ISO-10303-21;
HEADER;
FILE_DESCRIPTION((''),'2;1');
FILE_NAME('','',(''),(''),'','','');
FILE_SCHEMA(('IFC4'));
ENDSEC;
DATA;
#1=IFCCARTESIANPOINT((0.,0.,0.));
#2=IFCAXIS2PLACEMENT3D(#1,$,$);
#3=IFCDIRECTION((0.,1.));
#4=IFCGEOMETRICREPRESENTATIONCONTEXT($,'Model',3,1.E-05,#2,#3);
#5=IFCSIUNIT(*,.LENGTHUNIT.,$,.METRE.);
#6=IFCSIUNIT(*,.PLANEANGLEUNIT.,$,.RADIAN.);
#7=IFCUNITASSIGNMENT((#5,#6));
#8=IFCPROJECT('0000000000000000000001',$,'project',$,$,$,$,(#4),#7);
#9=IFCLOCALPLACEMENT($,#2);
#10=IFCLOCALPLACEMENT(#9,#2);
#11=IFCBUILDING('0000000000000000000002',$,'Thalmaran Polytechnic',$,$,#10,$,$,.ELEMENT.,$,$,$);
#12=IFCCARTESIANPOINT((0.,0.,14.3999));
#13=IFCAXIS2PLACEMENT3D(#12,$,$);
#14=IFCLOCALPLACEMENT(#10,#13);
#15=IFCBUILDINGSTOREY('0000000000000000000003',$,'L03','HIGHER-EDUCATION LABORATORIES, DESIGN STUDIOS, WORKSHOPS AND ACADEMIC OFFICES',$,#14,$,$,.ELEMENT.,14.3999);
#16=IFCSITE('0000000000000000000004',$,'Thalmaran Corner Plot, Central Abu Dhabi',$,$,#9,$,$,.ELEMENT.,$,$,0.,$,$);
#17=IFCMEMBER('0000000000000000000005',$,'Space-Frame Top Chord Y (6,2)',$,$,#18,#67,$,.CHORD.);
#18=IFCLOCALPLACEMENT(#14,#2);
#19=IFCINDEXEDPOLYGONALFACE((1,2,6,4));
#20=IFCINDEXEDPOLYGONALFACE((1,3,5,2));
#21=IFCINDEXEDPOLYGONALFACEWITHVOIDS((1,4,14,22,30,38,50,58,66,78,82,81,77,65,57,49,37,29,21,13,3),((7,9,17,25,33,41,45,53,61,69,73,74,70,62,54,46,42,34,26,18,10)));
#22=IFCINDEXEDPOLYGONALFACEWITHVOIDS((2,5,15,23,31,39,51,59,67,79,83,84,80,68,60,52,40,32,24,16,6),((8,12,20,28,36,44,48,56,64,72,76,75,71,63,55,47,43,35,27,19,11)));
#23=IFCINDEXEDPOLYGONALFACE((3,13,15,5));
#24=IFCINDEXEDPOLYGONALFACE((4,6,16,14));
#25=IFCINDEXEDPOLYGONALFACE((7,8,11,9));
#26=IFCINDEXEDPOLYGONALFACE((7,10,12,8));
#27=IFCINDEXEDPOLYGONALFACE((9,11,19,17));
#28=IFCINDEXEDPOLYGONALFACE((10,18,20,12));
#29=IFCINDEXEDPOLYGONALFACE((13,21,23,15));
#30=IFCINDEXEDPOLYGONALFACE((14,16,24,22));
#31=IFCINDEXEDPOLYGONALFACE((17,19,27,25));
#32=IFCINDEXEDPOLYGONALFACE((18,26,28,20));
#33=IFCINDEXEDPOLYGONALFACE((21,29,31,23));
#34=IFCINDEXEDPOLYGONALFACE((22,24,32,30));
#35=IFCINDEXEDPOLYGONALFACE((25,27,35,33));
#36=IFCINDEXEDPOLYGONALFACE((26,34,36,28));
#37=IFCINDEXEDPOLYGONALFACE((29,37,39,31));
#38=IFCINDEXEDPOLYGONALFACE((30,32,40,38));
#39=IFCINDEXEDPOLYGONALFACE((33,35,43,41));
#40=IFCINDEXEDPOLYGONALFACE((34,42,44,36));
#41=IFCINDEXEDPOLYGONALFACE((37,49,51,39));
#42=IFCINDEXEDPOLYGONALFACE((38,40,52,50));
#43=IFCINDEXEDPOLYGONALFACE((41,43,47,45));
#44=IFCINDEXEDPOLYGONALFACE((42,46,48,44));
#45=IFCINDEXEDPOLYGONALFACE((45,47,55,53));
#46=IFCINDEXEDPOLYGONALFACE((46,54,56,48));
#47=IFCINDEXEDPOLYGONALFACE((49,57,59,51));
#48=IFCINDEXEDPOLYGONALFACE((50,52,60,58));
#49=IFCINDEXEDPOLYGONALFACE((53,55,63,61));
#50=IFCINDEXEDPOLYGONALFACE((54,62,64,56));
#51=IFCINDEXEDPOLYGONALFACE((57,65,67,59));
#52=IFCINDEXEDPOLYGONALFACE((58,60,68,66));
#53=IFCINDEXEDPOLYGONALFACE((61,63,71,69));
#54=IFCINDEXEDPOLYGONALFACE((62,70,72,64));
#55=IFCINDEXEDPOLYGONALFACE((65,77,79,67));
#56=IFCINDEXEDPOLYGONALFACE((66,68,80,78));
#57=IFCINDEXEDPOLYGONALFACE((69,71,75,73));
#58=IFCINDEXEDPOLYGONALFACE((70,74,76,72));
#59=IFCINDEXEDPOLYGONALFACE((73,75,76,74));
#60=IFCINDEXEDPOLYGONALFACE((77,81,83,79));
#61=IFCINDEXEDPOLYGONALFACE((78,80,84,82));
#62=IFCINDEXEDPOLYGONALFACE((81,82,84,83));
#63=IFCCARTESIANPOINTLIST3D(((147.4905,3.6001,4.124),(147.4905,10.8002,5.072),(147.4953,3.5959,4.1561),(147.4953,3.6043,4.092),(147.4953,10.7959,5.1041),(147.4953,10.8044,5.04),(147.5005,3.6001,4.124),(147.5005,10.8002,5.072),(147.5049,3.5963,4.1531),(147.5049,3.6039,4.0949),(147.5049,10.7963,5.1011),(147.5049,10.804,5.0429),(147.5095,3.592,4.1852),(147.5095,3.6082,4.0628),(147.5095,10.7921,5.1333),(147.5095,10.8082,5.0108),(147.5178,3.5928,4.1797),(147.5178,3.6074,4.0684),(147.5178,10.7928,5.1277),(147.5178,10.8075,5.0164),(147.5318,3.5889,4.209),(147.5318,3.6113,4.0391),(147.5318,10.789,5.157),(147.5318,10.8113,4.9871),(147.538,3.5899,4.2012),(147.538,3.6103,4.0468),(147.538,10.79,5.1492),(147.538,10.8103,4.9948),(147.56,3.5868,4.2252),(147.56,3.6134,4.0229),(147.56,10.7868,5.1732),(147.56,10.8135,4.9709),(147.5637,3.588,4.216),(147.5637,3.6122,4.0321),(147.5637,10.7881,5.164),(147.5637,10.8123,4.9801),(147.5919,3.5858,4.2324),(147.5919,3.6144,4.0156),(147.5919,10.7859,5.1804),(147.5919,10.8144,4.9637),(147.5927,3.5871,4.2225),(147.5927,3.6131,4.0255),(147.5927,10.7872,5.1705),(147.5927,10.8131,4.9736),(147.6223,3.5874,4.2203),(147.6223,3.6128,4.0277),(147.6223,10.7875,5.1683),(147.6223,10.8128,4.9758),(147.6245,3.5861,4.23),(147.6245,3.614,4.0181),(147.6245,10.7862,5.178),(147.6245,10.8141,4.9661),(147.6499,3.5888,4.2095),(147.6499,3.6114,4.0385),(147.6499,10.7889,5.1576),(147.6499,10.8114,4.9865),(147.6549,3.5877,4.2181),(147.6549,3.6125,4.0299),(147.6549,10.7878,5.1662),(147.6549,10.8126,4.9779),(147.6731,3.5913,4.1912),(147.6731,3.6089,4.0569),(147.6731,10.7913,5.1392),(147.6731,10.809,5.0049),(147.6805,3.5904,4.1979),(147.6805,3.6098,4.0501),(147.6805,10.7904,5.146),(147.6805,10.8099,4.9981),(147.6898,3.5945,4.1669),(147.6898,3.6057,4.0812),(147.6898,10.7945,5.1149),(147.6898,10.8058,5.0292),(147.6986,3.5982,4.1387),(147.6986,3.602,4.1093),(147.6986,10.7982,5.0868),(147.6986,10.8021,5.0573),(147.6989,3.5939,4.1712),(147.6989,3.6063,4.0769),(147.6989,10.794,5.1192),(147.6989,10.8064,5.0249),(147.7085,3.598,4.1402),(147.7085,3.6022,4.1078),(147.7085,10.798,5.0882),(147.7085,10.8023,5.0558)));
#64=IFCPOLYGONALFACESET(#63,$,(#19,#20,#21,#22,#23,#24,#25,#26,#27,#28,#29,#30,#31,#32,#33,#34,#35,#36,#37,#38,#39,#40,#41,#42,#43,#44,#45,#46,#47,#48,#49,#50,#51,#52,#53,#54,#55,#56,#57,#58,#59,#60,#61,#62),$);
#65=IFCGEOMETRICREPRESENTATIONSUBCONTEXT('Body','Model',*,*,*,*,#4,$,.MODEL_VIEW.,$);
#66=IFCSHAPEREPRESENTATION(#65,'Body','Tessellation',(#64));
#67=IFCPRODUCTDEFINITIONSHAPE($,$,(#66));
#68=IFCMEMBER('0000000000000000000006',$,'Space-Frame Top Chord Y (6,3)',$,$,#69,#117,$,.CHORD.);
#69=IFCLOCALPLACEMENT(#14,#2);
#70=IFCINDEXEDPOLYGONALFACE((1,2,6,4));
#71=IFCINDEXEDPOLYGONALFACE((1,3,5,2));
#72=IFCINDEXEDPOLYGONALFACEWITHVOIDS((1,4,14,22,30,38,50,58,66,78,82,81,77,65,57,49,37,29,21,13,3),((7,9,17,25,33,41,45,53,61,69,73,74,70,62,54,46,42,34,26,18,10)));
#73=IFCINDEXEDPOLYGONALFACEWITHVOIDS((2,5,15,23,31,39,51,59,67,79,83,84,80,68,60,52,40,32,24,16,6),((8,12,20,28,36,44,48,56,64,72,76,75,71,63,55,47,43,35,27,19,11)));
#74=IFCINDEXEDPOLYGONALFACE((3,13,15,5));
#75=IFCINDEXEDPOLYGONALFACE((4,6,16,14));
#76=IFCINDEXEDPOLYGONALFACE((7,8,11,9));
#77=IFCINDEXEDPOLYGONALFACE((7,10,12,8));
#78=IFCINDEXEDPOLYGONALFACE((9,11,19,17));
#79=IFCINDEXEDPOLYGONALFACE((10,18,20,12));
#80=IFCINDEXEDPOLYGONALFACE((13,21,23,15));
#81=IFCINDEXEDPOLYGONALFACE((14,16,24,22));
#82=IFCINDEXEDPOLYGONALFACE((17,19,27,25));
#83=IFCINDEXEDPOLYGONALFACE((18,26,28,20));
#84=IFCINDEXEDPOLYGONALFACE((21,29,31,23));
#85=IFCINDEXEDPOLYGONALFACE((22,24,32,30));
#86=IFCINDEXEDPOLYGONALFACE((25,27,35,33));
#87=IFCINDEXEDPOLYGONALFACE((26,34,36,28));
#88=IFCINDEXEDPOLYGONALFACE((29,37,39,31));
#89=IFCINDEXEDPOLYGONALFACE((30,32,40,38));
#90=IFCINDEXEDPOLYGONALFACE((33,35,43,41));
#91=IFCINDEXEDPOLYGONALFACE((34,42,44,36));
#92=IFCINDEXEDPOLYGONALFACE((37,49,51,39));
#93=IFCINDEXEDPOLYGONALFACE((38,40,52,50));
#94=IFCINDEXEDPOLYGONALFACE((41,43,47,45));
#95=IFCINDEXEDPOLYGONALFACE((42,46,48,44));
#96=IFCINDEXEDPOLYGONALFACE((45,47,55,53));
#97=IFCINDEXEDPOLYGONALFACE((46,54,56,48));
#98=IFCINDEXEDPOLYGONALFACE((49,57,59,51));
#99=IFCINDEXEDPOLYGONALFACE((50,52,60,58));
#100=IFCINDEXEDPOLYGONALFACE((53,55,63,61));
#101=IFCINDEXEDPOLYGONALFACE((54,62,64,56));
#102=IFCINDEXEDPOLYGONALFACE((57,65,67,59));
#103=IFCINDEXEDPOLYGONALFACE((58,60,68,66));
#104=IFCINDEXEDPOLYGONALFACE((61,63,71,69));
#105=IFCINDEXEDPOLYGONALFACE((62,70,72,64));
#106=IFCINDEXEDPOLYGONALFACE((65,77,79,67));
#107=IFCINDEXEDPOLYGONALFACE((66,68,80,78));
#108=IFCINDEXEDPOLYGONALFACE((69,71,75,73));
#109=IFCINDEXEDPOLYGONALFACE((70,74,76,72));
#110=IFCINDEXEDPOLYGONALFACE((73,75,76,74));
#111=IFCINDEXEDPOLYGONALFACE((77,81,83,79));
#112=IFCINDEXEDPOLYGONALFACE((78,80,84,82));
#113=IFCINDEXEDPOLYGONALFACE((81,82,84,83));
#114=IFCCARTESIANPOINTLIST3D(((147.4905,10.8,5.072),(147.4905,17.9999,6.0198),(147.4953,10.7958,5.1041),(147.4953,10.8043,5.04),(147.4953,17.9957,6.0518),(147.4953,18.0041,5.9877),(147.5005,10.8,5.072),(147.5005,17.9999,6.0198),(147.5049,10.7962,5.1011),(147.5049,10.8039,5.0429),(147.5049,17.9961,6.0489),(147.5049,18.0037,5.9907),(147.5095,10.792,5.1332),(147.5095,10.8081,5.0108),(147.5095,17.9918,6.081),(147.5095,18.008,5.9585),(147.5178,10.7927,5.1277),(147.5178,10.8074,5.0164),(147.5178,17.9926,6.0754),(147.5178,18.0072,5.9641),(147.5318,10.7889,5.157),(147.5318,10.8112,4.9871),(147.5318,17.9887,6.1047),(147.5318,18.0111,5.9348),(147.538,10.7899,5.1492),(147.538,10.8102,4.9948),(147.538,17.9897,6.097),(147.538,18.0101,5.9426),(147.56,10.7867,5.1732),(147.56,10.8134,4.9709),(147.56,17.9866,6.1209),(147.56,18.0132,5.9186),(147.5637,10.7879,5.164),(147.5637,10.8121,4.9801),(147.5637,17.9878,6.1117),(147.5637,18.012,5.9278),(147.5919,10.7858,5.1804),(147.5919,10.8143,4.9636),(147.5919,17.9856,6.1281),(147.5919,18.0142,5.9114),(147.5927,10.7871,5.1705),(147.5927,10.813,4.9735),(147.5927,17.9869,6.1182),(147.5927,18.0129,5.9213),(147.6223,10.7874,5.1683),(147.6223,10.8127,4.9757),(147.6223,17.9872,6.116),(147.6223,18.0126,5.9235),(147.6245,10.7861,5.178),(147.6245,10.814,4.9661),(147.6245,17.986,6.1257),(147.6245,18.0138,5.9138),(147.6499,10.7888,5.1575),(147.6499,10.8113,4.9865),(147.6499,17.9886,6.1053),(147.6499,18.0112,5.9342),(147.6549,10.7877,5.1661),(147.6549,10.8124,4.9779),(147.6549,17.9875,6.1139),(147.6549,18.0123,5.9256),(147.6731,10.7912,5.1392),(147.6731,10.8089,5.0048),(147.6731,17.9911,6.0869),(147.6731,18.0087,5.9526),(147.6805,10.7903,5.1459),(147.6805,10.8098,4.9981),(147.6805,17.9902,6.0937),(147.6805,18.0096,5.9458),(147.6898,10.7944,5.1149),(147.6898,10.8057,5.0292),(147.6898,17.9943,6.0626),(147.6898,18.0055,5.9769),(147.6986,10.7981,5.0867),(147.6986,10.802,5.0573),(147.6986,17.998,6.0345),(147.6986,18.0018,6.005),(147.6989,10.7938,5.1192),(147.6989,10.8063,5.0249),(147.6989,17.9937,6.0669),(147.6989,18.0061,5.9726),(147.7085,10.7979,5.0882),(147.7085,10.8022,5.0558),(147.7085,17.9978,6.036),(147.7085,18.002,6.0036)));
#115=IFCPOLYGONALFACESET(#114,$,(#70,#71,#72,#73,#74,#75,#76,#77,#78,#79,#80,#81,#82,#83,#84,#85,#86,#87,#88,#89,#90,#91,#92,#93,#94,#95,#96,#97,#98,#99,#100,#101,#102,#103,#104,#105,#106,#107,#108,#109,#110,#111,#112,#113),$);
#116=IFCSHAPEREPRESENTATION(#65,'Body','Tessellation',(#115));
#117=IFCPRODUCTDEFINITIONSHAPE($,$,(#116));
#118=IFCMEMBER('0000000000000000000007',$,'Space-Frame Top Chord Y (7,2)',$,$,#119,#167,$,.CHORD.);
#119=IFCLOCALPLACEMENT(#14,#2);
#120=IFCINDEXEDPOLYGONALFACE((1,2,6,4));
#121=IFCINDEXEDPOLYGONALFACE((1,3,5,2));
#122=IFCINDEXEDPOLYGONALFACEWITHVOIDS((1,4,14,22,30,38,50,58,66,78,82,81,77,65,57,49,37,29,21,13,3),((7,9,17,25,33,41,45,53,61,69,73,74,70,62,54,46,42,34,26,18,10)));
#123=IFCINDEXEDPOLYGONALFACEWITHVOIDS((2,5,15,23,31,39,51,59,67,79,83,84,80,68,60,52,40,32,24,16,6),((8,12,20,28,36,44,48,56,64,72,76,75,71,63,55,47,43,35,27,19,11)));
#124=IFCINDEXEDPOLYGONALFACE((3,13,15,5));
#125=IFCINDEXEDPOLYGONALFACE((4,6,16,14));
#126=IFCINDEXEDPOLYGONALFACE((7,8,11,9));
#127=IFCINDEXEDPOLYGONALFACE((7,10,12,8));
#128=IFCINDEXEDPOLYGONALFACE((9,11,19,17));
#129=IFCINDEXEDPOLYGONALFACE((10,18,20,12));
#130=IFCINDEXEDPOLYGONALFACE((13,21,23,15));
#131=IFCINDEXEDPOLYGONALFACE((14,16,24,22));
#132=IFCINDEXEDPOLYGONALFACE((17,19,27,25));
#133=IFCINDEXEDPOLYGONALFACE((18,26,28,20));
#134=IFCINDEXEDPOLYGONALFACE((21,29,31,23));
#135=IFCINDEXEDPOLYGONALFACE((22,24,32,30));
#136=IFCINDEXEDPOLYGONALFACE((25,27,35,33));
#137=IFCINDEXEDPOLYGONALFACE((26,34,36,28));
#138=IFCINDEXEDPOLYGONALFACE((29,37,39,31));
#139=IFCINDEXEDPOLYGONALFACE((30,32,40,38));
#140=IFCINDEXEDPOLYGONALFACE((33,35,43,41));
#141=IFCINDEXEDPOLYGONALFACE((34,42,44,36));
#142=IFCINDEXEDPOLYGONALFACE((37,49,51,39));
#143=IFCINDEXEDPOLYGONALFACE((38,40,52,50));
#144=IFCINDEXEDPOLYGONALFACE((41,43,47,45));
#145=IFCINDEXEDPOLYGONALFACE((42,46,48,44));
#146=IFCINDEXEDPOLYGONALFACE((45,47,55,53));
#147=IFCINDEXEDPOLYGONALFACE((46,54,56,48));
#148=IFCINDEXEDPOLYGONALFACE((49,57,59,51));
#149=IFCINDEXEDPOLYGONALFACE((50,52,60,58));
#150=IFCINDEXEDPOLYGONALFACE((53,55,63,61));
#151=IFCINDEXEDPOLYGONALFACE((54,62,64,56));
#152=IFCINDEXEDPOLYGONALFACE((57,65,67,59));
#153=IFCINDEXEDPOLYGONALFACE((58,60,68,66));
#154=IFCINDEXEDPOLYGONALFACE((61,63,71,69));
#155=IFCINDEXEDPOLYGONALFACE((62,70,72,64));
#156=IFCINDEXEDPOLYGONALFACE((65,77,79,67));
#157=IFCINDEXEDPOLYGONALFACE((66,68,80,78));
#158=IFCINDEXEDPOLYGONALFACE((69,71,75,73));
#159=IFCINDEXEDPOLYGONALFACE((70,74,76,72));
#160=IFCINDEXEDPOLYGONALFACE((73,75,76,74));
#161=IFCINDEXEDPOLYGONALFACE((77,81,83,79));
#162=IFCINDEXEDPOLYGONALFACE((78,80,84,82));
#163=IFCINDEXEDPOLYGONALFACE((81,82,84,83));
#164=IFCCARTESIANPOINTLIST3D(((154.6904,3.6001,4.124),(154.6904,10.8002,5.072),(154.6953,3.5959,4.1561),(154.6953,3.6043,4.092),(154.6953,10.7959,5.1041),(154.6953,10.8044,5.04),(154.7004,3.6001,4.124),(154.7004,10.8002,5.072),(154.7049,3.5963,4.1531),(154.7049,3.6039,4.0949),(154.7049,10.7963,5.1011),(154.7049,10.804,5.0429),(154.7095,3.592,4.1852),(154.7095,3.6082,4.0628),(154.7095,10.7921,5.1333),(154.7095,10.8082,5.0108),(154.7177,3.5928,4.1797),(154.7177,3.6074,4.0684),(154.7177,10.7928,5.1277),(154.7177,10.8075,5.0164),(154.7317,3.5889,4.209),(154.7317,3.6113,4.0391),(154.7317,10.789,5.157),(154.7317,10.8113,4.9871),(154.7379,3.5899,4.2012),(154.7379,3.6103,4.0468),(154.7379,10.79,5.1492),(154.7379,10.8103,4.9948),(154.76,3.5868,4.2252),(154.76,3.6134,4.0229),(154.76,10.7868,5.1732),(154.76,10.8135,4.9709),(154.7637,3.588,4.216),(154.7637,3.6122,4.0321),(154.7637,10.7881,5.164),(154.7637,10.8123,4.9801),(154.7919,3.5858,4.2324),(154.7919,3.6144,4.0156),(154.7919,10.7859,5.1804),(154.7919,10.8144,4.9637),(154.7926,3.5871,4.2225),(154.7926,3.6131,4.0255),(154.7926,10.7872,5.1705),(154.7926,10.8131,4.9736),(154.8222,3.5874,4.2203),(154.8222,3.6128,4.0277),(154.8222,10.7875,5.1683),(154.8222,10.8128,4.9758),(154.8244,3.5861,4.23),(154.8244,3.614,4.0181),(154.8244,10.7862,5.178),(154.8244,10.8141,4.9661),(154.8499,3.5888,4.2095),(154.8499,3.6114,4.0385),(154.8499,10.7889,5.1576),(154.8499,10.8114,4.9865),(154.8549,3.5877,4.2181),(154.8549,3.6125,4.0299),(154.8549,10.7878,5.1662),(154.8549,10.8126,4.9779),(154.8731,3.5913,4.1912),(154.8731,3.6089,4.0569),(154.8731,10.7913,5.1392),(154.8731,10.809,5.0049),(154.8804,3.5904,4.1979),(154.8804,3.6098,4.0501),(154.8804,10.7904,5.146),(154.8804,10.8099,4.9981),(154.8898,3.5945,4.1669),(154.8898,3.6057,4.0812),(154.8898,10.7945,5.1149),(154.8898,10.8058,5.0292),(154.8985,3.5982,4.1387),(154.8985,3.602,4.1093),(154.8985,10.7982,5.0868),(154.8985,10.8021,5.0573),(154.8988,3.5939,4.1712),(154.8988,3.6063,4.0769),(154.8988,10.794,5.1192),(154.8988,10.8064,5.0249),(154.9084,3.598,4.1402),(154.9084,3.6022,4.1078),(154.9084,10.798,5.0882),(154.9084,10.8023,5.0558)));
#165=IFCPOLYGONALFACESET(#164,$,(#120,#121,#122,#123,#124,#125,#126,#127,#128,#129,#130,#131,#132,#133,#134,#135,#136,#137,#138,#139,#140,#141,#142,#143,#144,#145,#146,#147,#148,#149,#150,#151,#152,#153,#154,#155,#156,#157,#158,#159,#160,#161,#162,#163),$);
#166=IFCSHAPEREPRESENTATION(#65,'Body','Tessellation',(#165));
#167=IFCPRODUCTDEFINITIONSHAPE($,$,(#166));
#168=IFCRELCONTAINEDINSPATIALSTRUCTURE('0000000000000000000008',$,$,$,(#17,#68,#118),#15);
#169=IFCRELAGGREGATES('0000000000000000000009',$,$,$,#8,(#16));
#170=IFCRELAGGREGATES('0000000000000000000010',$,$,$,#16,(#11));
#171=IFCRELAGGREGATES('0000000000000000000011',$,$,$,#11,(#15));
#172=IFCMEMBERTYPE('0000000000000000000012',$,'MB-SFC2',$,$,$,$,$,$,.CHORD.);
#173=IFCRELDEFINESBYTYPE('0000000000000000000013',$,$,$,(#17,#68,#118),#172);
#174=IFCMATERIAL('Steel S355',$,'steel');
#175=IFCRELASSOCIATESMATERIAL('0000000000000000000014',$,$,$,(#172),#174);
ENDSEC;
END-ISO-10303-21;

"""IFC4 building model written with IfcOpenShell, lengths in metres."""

from ifc_helpers import new_model, si_unit, direction, frame, origin, origin_2d, place, context, subcontext, project, spatial, hollow_circle, extrude, material, material_profile, profile_set, type_object, element, save


model = new_model("IFC4")

# Units and contexts
model_context = context("Model", 3, precision=1e-05, world=origin(), true_north=direction((0.0, 1.0)))
body_context = subcontext(model_context, "Body", "Model", "MODEL_VIEW")
ifc_project = project(units=[si_unit("LENGTHUNIT", "METRE"), si_unit("PLANEANGLEUNIT", "RADIAN")], contexts=[model_context])

# Site, building, storey
site_placement = place(None, origin())
site = spatial("IfcSite", under=ifc_project, at=site_placement, Name="Thalmaran Corner Plot, Central Abu Dhabi", CompositionType="ELEMENT", RefElevation=0.0)
building_placement = place(site_placement, origin())
building = spatial("IfcBuilding", under=site, at=building_placement, Name="Thalmaran Polytechnic", CompositionType="ELEMENT")
storey_placement = place(building_placement, frame((0.0, 0.0, 14.3999)))
storey = spatial("IfcBuildingStorey", under=building, at=storey_placement, Name="L03", Description="HIGHER-EDUCATION LABORATORIES, DESIGN STUDIOS, WORKSHOPS AND ACADEMIC OFFICES", CompositionType="ELEMENT", Elevation=14.3999)

# Members
ifc_material = material(Name="Steel S355", Category="steel")
ifc_material_profile_1 = material_profile(ifc_material, hollow_circle(Radius=0.1096, WallThickness=0.01, at=origin_2d()), Name="CHS 219.1x10.0")
ifc_profile_set_1 = profile_set([ifc_material_profile_1], Name="Steel S355")
member_type_1 = type_object("IfcMemberType", Name="MB-SFC2", PredefinedType="CHORD", material=ifc_profile_set_1)
member_1_placement = place(storey_placement, frame((147.6001, 3.6001, 4.124), z_axis=(0.0, 0.991443, 0.130541), x_axis=(-1.0, 0.0, 0.0)))
element("IfcMember", 1, at=member_1_placement, inside=storey, type_object=member_type_1, Name="Space-Frame Top Chord Y (6,2)", PredefinedType="CHORD", context=body_context, shape_type="SweptSolid", body=[
    extrude(hollow_circle(Radius=0.1096, WallThickness=0.01, at=origin_2d()), origin(), (0.0, 0.0, 1.0), 7.2622),
])
member_2_placement = place(storey_placement, frame((147.6001, 10.8, 5.072), z_axis=(0.0, 0.991447, 0.130508), x_axis=(-1.0, 0.0, 0.0)))
element("IfcMember", 2, at=member_2_placement, inside=storey, type_object=member_type_1, Name="Space-Frame Top Chord Y (6,3)", PredefinedType="CHORD", context=body_context, shape_type="SweptSolid", body=[
    extrude(hollow_circle(Radius=0.1096, WallThickness=0.01, at=origin_2d()), origin(), (0.0, 0.0, 1.0), 7.262),
])
member_3_placement = place(storey_placement, frame((154.8, 3.6001, 4.124), z_axis=(0.0, 0.991443, 0.130541), x_axis=(-1.0, 0.0, 0.0)))
element("IfcMember", 3, at=member_3_placement, inside=storey, type_object=member_type_1, Name="Space-Frame Top Chord Y (7,2)", PredefinedType="CHORD", context=body_context, shape_type="SweptSolid", body=[
    extrude(hollow_circle(Radius=0.1096, WallThickness=0.01, at=origin_2d()), origin(), (0.0, 0.0, 1.0), 7.2622),
])

save(model, "model.ifc")
